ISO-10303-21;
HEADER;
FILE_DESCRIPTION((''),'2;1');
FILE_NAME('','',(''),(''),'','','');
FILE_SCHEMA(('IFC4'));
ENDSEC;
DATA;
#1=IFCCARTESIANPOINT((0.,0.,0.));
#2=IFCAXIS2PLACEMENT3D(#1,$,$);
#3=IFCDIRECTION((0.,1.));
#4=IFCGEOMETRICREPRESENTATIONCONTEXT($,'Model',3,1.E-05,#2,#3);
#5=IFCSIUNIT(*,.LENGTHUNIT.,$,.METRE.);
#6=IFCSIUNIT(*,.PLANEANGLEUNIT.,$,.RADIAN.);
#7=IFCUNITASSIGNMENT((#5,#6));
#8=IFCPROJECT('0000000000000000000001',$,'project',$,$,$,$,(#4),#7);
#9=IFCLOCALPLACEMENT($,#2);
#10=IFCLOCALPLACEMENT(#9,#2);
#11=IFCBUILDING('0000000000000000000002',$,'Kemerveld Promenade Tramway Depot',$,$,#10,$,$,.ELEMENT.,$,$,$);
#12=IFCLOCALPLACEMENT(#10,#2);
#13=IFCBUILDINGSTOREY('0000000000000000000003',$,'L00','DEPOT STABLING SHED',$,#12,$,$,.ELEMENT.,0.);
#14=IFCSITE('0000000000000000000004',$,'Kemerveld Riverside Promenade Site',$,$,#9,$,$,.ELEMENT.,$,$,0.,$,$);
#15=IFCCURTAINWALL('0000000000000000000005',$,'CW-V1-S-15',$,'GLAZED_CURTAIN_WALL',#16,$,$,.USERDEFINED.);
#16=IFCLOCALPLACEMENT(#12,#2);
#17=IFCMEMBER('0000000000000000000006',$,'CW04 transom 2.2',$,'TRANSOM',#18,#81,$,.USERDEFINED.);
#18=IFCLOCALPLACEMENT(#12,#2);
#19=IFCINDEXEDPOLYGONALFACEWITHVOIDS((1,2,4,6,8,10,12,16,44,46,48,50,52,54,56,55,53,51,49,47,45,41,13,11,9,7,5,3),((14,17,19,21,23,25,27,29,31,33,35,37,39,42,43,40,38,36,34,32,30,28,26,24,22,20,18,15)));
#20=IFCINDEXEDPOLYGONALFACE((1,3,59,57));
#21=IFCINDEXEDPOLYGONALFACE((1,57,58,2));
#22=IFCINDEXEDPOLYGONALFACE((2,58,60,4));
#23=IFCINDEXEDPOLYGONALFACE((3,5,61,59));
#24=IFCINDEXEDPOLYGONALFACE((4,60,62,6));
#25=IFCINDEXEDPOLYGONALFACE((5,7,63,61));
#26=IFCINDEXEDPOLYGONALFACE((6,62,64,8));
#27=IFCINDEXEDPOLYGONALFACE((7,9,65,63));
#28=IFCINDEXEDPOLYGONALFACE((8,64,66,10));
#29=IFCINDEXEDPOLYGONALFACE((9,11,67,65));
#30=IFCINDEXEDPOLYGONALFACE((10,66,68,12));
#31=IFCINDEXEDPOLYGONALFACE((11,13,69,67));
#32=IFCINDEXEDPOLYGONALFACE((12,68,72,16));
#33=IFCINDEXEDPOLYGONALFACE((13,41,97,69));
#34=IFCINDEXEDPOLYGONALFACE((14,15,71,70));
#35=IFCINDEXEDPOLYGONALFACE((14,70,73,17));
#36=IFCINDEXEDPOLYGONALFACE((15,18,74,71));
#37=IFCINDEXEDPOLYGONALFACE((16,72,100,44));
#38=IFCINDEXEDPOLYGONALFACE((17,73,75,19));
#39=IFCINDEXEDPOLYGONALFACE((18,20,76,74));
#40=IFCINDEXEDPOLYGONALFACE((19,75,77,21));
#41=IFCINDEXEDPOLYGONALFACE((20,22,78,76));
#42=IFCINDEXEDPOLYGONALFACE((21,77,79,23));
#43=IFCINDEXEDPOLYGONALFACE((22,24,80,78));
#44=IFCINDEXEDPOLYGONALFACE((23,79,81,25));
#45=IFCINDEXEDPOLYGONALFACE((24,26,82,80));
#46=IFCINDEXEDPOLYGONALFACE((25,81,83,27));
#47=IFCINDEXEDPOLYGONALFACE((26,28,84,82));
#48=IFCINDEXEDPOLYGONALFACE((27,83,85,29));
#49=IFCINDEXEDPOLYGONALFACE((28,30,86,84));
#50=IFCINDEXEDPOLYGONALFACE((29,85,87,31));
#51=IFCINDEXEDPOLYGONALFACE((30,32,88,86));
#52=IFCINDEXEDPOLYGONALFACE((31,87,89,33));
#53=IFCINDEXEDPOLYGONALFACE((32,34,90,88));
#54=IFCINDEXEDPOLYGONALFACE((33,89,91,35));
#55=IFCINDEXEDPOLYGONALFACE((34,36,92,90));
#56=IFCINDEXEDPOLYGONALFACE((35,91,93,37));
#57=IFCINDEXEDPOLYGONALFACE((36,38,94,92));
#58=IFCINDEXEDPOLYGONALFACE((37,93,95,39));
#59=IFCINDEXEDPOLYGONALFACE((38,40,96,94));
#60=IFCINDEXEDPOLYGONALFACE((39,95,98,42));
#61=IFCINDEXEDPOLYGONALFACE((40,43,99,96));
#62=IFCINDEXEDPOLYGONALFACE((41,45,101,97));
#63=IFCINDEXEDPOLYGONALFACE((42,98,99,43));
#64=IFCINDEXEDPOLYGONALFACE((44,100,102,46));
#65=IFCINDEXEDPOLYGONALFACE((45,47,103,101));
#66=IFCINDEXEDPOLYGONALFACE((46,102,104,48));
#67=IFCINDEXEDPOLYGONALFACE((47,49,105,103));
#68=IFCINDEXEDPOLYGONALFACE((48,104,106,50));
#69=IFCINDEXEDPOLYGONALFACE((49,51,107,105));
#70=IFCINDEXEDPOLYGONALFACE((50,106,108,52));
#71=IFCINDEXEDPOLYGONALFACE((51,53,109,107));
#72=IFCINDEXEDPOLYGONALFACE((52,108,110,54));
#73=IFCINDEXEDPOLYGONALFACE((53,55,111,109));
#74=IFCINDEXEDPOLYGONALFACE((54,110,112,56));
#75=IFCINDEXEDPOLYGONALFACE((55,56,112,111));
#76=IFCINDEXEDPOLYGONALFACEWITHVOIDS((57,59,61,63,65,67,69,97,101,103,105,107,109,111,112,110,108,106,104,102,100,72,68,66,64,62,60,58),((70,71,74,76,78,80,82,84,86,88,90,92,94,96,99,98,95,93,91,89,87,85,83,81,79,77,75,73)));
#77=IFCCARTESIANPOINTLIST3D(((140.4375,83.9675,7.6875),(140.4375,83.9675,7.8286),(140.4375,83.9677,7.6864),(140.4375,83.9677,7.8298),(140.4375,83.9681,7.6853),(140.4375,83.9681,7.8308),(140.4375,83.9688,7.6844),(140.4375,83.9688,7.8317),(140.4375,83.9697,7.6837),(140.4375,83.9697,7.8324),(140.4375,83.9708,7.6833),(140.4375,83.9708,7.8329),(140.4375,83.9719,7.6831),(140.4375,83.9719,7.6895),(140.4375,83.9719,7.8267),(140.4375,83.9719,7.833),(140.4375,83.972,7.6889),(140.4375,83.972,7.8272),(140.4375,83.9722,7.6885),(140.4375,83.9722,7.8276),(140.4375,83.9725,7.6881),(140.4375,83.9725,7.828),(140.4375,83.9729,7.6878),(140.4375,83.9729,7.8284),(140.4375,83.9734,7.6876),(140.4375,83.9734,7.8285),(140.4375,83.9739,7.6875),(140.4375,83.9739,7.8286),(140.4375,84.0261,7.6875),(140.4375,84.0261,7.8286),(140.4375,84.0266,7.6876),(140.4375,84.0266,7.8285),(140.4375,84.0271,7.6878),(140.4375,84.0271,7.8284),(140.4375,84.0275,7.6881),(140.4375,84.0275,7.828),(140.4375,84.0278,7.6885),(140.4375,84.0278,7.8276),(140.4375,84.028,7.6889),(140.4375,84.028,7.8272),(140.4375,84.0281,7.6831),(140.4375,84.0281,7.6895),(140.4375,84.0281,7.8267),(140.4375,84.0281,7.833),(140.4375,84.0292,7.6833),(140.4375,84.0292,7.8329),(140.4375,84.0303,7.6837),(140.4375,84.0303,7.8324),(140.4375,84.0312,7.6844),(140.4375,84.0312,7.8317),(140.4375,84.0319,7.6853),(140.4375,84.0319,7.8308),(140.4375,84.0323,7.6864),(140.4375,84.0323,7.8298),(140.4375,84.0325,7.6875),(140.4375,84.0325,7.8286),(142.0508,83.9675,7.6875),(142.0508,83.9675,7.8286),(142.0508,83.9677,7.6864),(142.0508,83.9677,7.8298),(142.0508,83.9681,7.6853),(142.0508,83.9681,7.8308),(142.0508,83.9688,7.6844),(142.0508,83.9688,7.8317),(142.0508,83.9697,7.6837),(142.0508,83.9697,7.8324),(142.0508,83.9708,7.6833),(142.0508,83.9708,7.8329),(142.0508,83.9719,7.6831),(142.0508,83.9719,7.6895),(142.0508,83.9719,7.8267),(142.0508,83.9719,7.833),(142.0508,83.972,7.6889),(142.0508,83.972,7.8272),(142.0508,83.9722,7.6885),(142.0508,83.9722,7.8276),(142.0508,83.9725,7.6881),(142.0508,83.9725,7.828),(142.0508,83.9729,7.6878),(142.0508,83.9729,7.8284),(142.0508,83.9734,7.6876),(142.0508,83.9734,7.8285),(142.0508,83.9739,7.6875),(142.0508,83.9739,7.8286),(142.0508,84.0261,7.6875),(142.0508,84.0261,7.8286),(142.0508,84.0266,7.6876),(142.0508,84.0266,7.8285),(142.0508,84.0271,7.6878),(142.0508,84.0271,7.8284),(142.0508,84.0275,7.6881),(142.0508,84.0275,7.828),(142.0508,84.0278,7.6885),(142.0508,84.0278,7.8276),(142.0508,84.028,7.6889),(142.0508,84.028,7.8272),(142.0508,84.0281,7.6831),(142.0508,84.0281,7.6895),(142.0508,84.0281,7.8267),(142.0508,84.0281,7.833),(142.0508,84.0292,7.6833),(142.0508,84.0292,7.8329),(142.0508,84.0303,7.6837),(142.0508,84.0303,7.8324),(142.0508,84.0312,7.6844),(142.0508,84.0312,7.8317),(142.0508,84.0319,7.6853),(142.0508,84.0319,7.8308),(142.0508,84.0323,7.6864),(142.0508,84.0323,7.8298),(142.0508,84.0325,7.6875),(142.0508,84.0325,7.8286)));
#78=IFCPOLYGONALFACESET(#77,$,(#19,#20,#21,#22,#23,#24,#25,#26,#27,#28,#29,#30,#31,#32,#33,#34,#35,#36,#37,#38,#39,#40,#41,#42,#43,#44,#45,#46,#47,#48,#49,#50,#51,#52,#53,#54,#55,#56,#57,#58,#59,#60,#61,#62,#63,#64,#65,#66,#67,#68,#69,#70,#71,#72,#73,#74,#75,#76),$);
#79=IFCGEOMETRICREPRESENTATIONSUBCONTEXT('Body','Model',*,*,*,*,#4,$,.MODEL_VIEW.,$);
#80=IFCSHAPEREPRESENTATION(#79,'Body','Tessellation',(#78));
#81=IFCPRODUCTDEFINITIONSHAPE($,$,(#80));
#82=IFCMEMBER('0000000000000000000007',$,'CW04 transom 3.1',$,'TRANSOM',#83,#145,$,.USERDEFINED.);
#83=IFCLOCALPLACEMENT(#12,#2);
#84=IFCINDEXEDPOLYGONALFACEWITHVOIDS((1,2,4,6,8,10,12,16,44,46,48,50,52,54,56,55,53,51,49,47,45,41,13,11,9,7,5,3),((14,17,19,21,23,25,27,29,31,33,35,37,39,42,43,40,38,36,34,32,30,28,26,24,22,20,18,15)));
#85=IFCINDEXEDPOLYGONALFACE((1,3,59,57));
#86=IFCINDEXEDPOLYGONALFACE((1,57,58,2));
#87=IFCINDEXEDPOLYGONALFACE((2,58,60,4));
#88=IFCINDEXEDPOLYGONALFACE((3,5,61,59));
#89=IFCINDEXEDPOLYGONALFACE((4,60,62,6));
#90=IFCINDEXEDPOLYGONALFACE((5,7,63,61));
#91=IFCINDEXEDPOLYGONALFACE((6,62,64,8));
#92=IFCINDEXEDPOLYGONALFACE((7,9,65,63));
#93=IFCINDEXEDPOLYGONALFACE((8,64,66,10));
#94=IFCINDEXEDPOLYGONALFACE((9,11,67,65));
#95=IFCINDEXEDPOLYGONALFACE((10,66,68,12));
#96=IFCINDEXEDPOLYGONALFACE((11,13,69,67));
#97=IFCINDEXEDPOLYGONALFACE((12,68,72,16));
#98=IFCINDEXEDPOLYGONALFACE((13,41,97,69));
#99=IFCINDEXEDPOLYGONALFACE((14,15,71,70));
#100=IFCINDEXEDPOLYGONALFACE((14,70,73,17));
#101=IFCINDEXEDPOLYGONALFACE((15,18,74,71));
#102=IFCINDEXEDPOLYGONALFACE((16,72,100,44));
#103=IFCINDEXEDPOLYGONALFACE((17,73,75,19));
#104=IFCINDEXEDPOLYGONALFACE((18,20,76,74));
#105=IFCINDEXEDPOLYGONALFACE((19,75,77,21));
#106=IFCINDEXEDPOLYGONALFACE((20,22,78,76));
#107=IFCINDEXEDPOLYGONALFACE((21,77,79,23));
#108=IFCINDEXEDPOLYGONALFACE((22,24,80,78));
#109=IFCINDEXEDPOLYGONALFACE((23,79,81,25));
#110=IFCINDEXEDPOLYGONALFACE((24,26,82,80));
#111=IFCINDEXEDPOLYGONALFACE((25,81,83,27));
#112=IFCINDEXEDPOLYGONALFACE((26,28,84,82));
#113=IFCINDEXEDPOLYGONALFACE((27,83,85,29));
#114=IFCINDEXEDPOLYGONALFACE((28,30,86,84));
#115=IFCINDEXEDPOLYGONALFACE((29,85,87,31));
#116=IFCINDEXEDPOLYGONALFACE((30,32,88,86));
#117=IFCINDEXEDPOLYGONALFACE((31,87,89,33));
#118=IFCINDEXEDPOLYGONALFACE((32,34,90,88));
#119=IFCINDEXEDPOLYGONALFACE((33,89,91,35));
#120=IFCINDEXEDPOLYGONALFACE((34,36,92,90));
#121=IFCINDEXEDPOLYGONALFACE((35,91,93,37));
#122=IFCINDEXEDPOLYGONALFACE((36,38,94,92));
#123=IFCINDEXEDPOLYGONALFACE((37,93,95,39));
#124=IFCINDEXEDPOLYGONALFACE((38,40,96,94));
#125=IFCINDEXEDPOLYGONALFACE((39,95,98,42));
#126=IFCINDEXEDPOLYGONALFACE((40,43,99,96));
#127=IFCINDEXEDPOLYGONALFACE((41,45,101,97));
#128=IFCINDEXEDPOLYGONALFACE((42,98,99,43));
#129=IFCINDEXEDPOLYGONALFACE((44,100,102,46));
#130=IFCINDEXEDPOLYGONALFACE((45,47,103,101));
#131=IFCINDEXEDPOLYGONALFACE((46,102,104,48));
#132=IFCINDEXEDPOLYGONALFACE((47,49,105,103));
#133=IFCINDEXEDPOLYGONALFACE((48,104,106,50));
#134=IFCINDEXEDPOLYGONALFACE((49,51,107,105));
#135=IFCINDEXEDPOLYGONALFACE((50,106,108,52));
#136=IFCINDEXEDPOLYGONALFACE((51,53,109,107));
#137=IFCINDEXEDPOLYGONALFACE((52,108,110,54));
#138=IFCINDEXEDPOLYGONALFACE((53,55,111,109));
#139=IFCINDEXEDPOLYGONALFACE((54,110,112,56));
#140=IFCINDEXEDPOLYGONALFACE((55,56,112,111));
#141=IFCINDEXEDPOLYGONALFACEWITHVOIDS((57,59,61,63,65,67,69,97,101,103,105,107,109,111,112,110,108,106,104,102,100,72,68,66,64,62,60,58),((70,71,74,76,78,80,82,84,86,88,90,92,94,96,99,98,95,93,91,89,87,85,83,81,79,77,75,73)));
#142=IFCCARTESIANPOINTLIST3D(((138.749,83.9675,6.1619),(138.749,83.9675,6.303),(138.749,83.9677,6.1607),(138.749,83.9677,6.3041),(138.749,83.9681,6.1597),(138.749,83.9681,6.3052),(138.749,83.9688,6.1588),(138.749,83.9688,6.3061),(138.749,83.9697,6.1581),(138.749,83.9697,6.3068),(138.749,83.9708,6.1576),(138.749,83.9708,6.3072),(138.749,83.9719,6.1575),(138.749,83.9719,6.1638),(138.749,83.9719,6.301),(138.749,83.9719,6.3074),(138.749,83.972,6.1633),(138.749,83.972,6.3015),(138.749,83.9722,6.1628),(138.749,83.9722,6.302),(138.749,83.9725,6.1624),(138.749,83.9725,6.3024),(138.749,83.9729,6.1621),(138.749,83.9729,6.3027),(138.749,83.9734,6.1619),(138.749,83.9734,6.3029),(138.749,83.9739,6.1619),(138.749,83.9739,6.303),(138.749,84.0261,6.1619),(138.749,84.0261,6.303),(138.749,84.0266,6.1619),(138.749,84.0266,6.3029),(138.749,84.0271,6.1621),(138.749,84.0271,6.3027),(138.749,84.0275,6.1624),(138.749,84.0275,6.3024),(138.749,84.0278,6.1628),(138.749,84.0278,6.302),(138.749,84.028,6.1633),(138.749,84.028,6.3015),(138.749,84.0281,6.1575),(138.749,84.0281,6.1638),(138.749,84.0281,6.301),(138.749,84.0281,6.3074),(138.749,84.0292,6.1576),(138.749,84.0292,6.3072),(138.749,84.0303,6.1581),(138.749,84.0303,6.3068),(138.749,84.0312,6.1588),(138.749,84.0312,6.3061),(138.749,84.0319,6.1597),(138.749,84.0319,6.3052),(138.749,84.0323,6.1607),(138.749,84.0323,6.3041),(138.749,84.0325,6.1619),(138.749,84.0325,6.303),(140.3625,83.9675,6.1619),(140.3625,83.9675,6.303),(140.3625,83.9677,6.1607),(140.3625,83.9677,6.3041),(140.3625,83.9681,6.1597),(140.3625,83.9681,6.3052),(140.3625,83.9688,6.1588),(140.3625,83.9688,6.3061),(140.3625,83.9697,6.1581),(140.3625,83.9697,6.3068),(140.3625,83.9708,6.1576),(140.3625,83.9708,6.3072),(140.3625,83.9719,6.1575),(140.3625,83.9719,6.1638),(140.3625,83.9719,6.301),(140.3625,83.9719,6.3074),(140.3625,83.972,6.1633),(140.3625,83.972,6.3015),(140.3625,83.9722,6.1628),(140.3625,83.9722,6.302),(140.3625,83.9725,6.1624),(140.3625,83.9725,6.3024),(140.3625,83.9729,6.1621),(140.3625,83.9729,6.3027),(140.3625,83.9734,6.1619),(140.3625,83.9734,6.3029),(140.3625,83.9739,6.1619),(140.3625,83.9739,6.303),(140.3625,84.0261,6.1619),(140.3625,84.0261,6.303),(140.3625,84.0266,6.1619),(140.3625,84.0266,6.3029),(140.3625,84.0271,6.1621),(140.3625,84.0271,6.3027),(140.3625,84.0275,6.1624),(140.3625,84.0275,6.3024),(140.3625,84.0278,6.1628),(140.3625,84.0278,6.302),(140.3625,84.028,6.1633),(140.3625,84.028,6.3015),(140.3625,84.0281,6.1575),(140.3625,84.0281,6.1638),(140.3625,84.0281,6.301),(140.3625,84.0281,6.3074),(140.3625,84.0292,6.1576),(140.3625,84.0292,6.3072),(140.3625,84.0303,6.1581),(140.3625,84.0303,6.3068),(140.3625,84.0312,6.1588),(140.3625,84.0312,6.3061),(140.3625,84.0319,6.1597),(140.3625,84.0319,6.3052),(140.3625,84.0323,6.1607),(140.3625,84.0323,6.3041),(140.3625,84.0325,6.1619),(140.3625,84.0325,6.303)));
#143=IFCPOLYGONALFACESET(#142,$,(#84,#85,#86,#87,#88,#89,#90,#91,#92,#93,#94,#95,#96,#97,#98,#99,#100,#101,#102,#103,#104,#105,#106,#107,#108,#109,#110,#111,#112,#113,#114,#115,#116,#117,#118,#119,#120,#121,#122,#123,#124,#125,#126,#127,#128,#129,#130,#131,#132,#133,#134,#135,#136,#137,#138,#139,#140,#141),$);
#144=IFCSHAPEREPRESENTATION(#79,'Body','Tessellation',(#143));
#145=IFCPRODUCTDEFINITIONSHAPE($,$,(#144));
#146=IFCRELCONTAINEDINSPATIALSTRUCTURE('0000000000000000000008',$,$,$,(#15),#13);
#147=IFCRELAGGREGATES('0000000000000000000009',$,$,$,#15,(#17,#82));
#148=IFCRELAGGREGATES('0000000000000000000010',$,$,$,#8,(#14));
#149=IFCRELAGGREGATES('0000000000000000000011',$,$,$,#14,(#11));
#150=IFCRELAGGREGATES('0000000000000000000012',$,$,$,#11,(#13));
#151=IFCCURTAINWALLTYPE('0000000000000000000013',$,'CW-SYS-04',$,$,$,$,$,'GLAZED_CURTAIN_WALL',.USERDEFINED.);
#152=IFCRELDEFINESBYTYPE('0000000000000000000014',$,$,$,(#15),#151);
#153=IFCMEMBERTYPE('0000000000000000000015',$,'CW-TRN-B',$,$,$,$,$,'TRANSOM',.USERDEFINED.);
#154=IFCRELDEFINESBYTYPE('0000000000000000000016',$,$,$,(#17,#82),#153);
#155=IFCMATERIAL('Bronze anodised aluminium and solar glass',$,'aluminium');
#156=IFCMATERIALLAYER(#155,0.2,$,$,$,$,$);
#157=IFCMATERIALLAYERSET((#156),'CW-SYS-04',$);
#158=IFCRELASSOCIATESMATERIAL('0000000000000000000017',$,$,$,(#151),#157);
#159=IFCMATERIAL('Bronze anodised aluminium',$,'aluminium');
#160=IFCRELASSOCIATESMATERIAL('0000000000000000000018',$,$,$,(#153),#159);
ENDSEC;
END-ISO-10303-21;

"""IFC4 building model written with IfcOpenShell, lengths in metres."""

from ifc_helpers import new_model, si_unit, direction, frame, origin, origin_2d, place, context, subcontext, project, spatial, hollow_rectangle, extrude, material, layer, layer_set, material_profile, profile_set, type_object, element, aggregate, save


model = new_model("IFC4")

# Units and contexts
model_context = context("Model", 3, precision=1e-05, world=origin(), true_north=direction((0.0, 1.0)))
body_context = subcontext(model_context, "Body", "Model", "MODEL_VIEW")
ifc_project = project(units=[si_unit("LENGTHUNIT", "METRE"), si_unit("PLANEANGLEUNIT", "RADIAN")], contexts=[model_context])

# Site, building, storey
site_placement = place(None, origin())
site = spatial("IfcSite", under=ifc_project, at=site_placement, Name="Kemerveld Riverside Promenade Site", CompositionType="ELEMENT", RefElevation=0.0)
building_placement = place(site_placement, origin())
building = spatial("IfcBuilding", under=site, at=building_placement, Name="Kemerveld Promenade Tramway Depot", CompositionType="ELEMENT")
storey_placement = place(building_placement, origin())
storey = spatial("IfcBuildingStorey", under=building, at=storey_placement, Name="L00", Description="DEPOT STABLING SHED", CompositionType="ELEMENT", Elevation=0.0)

# Curtain wall
ifc_material_1 = material(Name="Bronze anodised aluminium and solar glass", Category="aluminium")
ifc_material_2 = material(Name="Bronze anodised aluminium", Category="aluminium")
ifc_layer_1 = layer(ifc_material_1, 0.2)
ifc_layer_set_1 = layer_set([ifc_layer_1], Name="CW-SYS-04")
curtain_wall_type_1 = type_object("IfcCurtainWallType", Name="CW-SYS-04", ElementType="GLAZED_CURTAIN_WALL", PredefinedType="USERDEFINED", material=ifc_layer_set_1)
curtain_wall_1_placement = place(storey_placement, origin())
curtain_wall_1 = element("IfcCurtainWall", 1, at=curtain_wall_1_placement, inside=storey, type_object=curtain_wall_type_1, Name="CW-V1-S-15", ObjectType="GLAZED_CURTAIN_WALL", PredefinedType="USERDEFINED")

# Members
ifc_material_profile_1 = material_profile(ifc_material_2, hollow_rectangle(XDim=0.0649, YDim=0.1499, WallThickness=0.0044, InnerFilletRadius=0.002, OuterFilletRadius=0.0044, at=origin_2d()), Name="CW-TRN-150x65")
ifc_profile_set_1 = profile_set([ifc_material_profile_1], Name="Bronze anodised aluminium")
member_type_1 = type_object("IfcMemberType", Name="CW-TRN-B", ElementType="TRANSOM", PredefinedType="USERDEFINED", material=ifc_profile_set_1)
member_1_placement = place(storey_placement, frame((142.0508, 84.0, 7.7581), z_axis=(-1.0, 0.0, 0.0), x_axis=(0.0, -1.0, 0.0)))
member_1 = element("IfcMember", 2, at=member_1_placement, type_object=member_type_1, Name="CW04 transom 2.2", ObjectType="TRANSOM", PredefinedType="USERDEFINED", context=body_context, shape_type="SweptSolid", body=[
    extrude(hollow_rectangle(XDim=0.0649, YDim=0.1499, WallThickness=0.0044, InnerFilletRadius=0.002, OuterFilletRadius=0.0044, at=origin_2d()), origin(), (0.0, 0.0, 1.0), 1.6133),
])
member_2_placement = place(storey_placement, frame((140.3625, 84.0, 6.2324), z_axis=(-1.0, 0.0, 0.0), x_axis=(0.0, -1.0, 0.0)))
member_2 = element("IfcMember", 3, at=member_2_placement, type_object=member_type_1, Name="CW04 transom 3.1", ObjectType="TRANSOM", PredefinedType="USERDEFINED", context=body_context, shape_type="SweptSolid", body=[
    extrude(hollow_rectangle(XDim=0.0649, YDim=0.1499, WallThickness=0.0044, InnerFilletRadius=0.002, OuterFilletRadius=0.0044, at=origin_2d()), origin(), (0.0, 0.0, 1.0), 1.6135),
])

aggregate(curtain_wall_1, [member_1, member_2])

save(model, "model.ifc")
